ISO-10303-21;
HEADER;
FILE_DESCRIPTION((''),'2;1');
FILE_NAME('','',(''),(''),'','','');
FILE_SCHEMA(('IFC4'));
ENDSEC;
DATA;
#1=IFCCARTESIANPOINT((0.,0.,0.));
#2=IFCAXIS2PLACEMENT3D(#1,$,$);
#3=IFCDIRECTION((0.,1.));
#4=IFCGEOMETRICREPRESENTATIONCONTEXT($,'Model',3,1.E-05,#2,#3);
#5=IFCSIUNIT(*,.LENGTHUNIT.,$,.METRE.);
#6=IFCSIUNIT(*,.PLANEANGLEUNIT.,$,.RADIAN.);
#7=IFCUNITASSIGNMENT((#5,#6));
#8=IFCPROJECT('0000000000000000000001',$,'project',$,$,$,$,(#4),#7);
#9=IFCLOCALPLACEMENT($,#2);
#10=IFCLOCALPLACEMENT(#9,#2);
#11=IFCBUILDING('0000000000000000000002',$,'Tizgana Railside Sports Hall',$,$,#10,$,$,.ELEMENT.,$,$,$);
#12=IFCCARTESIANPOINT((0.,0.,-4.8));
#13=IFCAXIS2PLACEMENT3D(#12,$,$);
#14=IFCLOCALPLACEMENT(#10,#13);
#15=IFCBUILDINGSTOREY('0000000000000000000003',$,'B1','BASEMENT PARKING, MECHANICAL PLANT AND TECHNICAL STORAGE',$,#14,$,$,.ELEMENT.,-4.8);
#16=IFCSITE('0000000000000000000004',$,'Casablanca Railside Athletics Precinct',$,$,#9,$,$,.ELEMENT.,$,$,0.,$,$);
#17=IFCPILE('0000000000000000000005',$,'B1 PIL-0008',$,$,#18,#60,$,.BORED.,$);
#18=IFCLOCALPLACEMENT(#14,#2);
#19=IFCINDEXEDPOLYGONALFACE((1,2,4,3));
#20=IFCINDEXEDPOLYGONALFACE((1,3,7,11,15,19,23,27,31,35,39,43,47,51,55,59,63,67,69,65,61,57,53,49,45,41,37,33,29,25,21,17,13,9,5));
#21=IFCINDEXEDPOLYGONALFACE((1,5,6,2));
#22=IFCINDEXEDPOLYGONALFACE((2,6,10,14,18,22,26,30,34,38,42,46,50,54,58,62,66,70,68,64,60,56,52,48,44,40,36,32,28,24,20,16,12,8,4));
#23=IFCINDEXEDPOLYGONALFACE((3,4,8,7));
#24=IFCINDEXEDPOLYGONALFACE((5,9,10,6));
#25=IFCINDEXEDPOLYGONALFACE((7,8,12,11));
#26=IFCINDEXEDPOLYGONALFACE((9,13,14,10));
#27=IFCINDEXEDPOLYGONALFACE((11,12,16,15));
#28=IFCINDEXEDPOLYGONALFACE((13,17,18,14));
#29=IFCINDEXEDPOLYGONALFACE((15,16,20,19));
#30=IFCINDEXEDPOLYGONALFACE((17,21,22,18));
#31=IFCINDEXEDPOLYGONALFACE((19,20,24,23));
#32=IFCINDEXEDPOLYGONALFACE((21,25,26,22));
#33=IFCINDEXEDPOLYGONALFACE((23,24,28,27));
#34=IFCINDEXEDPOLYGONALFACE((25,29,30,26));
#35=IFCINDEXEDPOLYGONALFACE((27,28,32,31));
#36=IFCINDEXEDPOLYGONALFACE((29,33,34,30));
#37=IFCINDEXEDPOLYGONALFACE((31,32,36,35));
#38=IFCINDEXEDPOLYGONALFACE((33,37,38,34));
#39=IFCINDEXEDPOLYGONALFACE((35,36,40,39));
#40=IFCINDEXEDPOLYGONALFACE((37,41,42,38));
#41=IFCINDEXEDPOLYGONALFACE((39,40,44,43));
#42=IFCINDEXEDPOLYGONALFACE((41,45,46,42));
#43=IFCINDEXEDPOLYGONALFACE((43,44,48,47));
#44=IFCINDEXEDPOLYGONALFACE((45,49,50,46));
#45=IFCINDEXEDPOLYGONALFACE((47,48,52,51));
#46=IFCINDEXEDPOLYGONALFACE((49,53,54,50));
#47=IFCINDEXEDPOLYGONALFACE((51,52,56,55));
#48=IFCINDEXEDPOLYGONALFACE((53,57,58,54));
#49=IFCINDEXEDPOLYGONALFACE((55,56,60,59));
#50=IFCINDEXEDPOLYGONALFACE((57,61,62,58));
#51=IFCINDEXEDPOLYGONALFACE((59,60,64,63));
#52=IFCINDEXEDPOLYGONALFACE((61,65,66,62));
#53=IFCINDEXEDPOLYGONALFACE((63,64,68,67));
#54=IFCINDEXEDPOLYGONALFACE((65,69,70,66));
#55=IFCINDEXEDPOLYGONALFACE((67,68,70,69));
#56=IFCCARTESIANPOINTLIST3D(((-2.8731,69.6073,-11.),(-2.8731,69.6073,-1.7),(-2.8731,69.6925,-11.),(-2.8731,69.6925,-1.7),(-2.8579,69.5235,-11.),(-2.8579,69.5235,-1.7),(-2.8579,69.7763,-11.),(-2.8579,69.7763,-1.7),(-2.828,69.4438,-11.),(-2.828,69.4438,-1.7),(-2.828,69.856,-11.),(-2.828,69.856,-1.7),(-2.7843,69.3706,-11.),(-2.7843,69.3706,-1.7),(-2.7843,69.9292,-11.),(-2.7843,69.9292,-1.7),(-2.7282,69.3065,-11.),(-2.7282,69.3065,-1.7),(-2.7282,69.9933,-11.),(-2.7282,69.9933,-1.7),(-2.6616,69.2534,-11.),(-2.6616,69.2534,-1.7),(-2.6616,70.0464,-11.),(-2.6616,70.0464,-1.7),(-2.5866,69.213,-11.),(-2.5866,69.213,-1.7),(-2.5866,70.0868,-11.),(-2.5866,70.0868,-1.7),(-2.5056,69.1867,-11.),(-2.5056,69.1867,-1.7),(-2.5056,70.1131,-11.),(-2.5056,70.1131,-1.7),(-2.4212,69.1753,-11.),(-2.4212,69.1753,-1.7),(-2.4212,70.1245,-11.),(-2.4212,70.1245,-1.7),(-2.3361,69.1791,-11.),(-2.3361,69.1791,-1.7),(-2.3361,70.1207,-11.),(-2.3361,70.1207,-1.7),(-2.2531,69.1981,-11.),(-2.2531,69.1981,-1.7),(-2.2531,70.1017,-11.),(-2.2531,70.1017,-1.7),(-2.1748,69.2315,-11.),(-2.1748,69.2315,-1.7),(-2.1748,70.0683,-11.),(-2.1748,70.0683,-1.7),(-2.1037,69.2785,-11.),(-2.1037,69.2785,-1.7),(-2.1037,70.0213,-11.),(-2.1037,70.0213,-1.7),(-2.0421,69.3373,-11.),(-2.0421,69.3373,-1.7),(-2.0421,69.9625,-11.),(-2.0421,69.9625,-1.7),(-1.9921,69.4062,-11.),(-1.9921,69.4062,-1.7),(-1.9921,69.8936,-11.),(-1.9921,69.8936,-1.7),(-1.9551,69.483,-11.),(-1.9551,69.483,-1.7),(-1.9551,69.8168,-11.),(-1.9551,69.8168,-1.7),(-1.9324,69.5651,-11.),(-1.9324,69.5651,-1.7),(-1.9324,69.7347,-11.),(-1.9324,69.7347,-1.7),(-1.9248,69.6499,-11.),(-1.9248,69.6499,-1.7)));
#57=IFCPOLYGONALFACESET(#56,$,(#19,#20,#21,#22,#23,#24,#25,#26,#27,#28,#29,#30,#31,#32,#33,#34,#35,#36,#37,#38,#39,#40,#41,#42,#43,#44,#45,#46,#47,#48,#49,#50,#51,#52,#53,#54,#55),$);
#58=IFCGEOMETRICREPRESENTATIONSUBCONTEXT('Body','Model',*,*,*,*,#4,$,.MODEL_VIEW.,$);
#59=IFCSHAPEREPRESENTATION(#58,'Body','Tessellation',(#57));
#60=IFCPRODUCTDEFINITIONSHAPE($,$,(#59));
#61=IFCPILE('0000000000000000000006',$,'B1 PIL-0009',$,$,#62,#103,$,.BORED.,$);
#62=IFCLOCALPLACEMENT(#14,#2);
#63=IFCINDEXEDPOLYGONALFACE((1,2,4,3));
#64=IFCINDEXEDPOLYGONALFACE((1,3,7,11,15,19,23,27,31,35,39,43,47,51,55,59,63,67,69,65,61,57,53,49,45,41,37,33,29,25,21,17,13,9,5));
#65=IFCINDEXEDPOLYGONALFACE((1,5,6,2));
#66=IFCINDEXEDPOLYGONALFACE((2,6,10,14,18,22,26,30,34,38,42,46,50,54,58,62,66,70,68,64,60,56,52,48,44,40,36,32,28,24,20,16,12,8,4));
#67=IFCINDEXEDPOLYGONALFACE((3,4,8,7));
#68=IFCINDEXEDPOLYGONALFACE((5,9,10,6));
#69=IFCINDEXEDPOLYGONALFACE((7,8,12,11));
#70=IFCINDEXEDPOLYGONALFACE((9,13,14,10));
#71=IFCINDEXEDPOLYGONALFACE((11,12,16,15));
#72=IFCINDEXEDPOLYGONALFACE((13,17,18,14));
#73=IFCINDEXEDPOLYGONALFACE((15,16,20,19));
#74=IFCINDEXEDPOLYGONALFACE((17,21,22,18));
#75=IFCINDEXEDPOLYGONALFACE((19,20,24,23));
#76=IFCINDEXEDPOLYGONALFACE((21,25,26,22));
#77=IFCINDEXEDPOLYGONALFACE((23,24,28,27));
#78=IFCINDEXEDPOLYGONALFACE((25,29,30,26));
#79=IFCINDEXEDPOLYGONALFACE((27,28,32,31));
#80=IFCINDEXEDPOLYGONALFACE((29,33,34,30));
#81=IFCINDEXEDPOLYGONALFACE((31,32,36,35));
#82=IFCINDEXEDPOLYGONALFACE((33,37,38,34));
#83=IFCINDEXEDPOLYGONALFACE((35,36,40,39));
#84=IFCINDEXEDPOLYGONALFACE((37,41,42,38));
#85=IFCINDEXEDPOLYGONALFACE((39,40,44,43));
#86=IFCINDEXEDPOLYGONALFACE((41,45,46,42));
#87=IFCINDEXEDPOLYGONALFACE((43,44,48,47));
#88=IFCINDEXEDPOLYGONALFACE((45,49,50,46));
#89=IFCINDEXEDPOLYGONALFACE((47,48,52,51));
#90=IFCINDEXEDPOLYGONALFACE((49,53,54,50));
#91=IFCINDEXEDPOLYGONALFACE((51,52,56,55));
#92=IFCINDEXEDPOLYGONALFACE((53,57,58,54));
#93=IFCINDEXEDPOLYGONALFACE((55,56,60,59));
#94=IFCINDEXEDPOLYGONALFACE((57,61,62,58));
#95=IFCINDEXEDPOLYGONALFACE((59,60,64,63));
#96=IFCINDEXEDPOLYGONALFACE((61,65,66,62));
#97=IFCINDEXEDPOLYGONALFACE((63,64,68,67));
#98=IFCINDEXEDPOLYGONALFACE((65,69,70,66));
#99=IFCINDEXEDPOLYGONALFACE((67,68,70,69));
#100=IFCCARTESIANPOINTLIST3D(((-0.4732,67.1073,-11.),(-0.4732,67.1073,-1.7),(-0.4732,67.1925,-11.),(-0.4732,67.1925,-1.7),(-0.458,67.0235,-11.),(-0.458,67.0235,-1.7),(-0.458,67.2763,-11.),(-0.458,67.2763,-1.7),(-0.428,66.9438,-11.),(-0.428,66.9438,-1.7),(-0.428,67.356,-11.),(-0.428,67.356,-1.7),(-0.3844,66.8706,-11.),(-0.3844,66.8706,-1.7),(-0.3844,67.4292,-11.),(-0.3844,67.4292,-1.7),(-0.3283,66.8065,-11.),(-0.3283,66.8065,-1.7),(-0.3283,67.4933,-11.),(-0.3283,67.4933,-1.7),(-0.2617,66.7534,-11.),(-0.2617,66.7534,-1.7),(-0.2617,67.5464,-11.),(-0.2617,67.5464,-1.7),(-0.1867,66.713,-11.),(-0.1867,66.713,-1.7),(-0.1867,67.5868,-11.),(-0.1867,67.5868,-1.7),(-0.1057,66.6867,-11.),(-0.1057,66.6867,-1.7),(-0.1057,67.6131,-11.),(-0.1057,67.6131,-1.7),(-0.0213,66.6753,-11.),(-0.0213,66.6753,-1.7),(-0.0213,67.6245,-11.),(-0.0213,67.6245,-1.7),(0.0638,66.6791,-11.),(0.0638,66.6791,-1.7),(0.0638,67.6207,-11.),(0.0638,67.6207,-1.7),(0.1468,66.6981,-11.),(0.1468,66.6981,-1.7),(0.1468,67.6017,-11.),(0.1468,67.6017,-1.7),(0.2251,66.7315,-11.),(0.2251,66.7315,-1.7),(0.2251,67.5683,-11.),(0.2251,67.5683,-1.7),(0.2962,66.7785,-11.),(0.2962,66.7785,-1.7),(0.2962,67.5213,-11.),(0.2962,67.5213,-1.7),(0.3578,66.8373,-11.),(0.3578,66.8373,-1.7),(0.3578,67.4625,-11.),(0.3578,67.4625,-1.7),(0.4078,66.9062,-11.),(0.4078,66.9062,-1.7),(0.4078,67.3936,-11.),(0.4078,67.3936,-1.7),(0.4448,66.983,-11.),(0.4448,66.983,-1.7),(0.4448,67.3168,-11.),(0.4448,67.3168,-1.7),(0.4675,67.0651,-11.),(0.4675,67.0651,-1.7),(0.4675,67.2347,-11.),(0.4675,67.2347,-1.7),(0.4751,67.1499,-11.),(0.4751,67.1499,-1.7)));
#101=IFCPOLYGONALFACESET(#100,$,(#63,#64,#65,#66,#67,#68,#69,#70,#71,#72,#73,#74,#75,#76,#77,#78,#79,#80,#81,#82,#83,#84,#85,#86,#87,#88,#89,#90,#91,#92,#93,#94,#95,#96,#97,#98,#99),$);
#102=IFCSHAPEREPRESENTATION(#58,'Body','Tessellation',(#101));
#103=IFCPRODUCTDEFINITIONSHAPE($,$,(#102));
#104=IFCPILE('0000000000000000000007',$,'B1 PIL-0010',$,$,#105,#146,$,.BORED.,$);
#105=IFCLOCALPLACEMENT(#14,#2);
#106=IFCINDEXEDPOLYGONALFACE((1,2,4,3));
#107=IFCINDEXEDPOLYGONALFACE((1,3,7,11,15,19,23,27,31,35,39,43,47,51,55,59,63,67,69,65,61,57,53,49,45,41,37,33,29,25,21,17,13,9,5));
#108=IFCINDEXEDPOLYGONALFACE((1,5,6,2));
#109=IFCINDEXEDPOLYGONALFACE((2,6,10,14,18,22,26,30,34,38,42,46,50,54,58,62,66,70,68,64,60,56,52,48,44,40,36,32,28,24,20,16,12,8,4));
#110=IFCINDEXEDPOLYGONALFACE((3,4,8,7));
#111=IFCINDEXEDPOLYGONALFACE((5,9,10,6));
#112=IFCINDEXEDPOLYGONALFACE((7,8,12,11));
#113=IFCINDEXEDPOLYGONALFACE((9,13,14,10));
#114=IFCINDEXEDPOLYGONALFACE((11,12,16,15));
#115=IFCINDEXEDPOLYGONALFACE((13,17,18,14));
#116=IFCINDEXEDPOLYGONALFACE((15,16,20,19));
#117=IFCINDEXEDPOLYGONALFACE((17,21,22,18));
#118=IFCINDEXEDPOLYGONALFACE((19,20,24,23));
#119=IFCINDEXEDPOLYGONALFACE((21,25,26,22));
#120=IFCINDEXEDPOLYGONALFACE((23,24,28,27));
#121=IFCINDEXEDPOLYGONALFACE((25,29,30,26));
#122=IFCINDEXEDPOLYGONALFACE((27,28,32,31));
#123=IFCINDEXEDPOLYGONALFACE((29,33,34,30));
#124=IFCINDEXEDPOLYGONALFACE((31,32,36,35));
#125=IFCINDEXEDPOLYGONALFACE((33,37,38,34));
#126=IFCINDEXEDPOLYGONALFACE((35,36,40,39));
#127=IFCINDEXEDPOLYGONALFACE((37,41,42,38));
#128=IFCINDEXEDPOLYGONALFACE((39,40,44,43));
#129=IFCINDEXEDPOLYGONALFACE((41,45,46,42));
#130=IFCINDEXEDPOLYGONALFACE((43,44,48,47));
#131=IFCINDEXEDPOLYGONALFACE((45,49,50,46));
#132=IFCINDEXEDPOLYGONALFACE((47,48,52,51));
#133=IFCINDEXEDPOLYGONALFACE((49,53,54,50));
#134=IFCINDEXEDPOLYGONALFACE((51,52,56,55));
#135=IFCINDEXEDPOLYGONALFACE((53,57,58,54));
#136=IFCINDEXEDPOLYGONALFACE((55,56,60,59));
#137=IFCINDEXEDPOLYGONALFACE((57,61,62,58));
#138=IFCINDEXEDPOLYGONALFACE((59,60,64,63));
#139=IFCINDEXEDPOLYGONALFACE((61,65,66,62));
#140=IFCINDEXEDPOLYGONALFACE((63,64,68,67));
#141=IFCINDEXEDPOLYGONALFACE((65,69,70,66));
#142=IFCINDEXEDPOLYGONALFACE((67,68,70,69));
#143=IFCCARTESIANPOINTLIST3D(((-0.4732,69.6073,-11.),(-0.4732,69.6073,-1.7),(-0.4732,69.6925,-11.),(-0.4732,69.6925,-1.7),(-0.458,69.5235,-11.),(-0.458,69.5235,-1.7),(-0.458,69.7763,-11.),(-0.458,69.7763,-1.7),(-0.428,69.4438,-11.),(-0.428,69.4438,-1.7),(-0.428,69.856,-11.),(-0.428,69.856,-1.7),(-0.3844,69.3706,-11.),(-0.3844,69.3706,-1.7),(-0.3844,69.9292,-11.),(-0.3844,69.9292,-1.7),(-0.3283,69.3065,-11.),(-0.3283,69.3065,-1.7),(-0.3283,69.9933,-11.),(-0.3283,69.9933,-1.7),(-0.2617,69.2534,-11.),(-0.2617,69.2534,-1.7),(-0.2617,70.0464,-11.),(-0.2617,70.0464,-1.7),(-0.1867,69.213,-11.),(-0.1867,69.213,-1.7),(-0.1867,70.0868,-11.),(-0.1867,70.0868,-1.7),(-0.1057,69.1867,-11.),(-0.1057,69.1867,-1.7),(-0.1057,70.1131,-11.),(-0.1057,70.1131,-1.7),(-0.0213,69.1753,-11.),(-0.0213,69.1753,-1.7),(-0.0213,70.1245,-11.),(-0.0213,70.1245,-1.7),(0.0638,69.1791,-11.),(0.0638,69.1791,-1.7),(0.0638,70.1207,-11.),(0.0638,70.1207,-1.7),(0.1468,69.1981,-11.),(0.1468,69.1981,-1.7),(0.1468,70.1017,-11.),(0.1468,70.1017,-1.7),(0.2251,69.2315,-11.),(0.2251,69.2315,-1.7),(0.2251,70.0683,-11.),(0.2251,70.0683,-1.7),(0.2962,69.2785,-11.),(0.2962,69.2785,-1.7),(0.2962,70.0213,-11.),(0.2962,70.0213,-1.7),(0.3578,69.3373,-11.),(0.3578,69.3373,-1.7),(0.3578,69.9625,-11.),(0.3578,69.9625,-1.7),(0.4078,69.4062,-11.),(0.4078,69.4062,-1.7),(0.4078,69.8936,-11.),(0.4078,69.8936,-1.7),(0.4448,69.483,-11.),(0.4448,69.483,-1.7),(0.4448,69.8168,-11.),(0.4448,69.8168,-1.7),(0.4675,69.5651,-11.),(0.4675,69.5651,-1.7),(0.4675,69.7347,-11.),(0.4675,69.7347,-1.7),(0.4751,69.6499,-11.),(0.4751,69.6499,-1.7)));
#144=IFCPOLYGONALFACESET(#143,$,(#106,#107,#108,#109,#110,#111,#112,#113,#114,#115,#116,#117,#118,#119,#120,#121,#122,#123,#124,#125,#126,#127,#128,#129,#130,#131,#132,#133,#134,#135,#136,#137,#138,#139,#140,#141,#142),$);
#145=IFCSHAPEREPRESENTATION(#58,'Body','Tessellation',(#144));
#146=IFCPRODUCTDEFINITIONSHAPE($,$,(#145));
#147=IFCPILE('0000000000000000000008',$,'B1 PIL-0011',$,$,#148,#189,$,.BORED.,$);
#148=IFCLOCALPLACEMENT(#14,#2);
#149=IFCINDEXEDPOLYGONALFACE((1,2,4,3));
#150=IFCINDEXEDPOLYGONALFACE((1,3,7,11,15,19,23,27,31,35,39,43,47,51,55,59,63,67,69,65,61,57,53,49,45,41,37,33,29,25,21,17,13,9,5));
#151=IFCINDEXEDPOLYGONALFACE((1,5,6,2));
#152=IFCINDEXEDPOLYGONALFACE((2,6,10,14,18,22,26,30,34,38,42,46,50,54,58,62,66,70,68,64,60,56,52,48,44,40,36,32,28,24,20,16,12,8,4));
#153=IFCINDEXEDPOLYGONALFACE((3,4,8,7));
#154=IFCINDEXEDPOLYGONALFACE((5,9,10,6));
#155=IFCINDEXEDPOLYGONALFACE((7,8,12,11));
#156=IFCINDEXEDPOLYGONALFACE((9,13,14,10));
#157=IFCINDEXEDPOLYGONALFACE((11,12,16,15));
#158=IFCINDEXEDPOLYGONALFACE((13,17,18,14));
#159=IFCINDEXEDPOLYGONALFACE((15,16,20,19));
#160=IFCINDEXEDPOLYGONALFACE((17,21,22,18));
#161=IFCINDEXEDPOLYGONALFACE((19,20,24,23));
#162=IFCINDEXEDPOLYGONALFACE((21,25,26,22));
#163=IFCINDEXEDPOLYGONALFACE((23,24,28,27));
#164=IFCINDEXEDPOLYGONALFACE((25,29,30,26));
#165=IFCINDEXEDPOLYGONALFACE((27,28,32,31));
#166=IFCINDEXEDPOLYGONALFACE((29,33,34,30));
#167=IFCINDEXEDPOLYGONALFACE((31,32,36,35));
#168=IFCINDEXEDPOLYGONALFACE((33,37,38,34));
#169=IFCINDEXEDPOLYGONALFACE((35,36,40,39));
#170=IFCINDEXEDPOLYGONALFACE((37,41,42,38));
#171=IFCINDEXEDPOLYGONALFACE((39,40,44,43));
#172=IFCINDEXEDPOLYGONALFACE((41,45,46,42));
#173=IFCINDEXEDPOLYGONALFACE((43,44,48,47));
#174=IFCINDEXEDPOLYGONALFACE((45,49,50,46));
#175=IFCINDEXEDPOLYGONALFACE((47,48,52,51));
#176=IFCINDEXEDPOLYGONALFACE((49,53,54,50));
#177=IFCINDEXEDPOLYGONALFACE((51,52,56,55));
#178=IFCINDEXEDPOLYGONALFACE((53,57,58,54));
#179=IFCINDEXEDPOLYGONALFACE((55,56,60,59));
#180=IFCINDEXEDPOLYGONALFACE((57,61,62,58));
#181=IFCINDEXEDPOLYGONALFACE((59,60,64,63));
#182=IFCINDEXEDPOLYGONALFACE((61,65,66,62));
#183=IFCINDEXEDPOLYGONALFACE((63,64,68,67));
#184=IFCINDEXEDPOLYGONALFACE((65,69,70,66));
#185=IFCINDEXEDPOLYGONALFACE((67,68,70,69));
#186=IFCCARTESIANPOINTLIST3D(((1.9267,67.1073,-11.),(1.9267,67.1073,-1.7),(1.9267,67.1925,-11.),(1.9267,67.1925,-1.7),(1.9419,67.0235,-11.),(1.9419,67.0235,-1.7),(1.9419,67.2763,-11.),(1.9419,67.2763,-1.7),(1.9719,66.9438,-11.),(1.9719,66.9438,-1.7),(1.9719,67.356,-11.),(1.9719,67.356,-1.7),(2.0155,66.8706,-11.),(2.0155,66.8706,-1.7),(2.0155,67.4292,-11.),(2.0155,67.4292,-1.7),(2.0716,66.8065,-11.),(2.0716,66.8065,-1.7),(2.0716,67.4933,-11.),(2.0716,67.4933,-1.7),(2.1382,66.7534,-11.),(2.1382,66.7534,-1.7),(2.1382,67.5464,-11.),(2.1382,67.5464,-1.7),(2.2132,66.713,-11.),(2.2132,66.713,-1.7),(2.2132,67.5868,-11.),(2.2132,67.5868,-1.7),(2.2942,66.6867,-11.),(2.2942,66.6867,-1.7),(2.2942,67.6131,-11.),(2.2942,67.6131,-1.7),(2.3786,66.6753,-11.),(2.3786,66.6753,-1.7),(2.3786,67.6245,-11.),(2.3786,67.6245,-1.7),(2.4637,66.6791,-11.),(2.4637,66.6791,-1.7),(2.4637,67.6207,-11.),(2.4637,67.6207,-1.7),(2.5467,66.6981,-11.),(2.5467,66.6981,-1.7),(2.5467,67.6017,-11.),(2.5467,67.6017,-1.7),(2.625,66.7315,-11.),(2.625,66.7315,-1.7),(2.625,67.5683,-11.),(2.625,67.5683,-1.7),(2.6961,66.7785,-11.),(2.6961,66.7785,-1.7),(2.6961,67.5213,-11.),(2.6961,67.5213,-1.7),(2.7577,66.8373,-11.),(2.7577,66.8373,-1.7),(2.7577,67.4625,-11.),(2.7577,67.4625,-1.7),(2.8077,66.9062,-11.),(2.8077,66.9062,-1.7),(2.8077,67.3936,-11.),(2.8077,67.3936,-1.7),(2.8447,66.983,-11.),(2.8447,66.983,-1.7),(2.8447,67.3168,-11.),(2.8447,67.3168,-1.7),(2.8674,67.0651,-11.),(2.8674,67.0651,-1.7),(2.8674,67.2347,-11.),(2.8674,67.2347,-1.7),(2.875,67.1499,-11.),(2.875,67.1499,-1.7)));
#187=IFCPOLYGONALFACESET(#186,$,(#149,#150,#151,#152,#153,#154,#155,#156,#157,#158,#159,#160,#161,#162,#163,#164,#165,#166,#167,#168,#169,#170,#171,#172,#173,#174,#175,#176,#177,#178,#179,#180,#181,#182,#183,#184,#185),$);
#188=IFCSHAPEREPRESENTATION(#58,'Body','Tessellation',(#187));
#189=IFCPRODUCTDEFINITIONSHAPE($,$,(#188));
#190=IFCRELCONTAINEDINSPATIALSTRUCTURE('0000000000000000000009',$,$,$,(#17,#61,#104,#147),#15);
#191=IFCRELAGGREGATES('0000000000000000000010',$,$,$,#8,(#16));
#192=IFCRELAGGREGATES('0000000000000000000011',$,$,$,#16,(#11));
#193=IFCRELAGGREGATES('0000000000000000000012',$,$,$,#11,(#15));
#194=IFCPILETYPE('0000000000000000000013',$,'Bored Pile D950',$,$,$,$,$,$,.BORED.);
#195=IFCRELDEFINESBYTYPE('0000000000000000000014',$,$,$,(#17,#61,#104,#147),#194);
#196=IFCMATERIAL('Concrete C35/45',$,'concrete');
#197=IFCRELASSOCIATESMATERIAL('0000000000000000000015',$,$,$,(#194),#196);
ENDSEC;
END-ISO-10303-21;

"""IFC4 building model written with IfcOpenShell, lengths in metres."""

from ifc_helpers import new_model, si_unit, direction, frame, origin, origin_2d, place, context, subcontext, project, spatial, circle, extrude, material, material_profile, profile_set, type_object, element, save


model = new_model("IFC4")

# Units and contexts
model_context = context("Model", 3, precision=1e-05, world=origin(), true_north=direction((0.0, 1.0)))
body_context = subcontext(model_context, "Body", "Model", "MODEL_VIEW")
ifc_project = project(units=[si_unit("LENGTHUNIT", "METRE"), si_unit("PLANEANGLEUNIT", "RADIAN")], contexts=[model_context])

# Site, building, storey
site_placement = place(None, origin())
site = spatial("IfcSite", under=ifc_project, at=site_placement, Name="Casablanca Railside Athletics Precinct", CompositionType="ELEMENT", RefElevation=0.0)
building_placement = place(site_placement, origin())
building = spatial("IfcBuilding", under=site, at=building_placement, Name="Tizgana Railside Sports Hall", CompositionType="ELEMENT")
storey_placement = place(building_placement, frame((0.0, 0.0, -4.8)))
storey = spatial("IfcBuildingStorey", under=building, at=storey_placement, Name="B1", Description="BASEMENT PARKING, MECHANICAL PLANT AND TECHNICAL STORAGE", CompositionType="ELEMENT", Elevation=-4.8)

# Piles
ifc_material_1 = material(Name="Concrete C35/45", Category="concrete")
ifc_material_profile_1 = material_profile(ifc_material_1, circle(Radius=0.4751, at=origin_2d()), Name="PILE D950")
ifc_profile_set_1 = profile_set([ifc_material_profile_1], Name="Concrete C35/45")
pile_type_1 = type_object("IfcPileType", Name="Bored Pile D950", PredefinedType="BORED", material=ifc_profile_set_1)
for number, where, z_axis, x_axis, name in (
    (1, (-2.3999, 69.6499, -1.7), (0.0, 0.0, -1.0), (1.0, 0.0, 0.0), "B1 PIL-0008"),
    (2, (0.0, 67.1499, -1.7), (0.0, 0.0, -1.0), (1.0, 0.0, 0.0), "B1 PIL-0009"),
    (3, (0.0, 69.6499, -1.7), (0.0, 0.0, -1.0), (1.0, 0.0, 0.0), "B1 PIL-0010"),
    (4, (2.3999, 67.1499, -1.7), (0.0, 0.0, -1.0), (1.0, 0.0, 0.0), "B1 PIL-0011"),
):
    element("IfcPile", number, at=place(storey_placement, frame(where, z_axis=z_axis, x_axis=x_axis)), inside=storey, type_object=pile_type_1, Name=name, PredefinedType="BORED", context=body_context, shape_type="SweptSolid", body=[
        extrude(circle(Radius=0.4751, at=origin_2d()), origin(), (0.0, 0.0, 1.0), 9.3),
    ])

save(model, "model.ifc")
